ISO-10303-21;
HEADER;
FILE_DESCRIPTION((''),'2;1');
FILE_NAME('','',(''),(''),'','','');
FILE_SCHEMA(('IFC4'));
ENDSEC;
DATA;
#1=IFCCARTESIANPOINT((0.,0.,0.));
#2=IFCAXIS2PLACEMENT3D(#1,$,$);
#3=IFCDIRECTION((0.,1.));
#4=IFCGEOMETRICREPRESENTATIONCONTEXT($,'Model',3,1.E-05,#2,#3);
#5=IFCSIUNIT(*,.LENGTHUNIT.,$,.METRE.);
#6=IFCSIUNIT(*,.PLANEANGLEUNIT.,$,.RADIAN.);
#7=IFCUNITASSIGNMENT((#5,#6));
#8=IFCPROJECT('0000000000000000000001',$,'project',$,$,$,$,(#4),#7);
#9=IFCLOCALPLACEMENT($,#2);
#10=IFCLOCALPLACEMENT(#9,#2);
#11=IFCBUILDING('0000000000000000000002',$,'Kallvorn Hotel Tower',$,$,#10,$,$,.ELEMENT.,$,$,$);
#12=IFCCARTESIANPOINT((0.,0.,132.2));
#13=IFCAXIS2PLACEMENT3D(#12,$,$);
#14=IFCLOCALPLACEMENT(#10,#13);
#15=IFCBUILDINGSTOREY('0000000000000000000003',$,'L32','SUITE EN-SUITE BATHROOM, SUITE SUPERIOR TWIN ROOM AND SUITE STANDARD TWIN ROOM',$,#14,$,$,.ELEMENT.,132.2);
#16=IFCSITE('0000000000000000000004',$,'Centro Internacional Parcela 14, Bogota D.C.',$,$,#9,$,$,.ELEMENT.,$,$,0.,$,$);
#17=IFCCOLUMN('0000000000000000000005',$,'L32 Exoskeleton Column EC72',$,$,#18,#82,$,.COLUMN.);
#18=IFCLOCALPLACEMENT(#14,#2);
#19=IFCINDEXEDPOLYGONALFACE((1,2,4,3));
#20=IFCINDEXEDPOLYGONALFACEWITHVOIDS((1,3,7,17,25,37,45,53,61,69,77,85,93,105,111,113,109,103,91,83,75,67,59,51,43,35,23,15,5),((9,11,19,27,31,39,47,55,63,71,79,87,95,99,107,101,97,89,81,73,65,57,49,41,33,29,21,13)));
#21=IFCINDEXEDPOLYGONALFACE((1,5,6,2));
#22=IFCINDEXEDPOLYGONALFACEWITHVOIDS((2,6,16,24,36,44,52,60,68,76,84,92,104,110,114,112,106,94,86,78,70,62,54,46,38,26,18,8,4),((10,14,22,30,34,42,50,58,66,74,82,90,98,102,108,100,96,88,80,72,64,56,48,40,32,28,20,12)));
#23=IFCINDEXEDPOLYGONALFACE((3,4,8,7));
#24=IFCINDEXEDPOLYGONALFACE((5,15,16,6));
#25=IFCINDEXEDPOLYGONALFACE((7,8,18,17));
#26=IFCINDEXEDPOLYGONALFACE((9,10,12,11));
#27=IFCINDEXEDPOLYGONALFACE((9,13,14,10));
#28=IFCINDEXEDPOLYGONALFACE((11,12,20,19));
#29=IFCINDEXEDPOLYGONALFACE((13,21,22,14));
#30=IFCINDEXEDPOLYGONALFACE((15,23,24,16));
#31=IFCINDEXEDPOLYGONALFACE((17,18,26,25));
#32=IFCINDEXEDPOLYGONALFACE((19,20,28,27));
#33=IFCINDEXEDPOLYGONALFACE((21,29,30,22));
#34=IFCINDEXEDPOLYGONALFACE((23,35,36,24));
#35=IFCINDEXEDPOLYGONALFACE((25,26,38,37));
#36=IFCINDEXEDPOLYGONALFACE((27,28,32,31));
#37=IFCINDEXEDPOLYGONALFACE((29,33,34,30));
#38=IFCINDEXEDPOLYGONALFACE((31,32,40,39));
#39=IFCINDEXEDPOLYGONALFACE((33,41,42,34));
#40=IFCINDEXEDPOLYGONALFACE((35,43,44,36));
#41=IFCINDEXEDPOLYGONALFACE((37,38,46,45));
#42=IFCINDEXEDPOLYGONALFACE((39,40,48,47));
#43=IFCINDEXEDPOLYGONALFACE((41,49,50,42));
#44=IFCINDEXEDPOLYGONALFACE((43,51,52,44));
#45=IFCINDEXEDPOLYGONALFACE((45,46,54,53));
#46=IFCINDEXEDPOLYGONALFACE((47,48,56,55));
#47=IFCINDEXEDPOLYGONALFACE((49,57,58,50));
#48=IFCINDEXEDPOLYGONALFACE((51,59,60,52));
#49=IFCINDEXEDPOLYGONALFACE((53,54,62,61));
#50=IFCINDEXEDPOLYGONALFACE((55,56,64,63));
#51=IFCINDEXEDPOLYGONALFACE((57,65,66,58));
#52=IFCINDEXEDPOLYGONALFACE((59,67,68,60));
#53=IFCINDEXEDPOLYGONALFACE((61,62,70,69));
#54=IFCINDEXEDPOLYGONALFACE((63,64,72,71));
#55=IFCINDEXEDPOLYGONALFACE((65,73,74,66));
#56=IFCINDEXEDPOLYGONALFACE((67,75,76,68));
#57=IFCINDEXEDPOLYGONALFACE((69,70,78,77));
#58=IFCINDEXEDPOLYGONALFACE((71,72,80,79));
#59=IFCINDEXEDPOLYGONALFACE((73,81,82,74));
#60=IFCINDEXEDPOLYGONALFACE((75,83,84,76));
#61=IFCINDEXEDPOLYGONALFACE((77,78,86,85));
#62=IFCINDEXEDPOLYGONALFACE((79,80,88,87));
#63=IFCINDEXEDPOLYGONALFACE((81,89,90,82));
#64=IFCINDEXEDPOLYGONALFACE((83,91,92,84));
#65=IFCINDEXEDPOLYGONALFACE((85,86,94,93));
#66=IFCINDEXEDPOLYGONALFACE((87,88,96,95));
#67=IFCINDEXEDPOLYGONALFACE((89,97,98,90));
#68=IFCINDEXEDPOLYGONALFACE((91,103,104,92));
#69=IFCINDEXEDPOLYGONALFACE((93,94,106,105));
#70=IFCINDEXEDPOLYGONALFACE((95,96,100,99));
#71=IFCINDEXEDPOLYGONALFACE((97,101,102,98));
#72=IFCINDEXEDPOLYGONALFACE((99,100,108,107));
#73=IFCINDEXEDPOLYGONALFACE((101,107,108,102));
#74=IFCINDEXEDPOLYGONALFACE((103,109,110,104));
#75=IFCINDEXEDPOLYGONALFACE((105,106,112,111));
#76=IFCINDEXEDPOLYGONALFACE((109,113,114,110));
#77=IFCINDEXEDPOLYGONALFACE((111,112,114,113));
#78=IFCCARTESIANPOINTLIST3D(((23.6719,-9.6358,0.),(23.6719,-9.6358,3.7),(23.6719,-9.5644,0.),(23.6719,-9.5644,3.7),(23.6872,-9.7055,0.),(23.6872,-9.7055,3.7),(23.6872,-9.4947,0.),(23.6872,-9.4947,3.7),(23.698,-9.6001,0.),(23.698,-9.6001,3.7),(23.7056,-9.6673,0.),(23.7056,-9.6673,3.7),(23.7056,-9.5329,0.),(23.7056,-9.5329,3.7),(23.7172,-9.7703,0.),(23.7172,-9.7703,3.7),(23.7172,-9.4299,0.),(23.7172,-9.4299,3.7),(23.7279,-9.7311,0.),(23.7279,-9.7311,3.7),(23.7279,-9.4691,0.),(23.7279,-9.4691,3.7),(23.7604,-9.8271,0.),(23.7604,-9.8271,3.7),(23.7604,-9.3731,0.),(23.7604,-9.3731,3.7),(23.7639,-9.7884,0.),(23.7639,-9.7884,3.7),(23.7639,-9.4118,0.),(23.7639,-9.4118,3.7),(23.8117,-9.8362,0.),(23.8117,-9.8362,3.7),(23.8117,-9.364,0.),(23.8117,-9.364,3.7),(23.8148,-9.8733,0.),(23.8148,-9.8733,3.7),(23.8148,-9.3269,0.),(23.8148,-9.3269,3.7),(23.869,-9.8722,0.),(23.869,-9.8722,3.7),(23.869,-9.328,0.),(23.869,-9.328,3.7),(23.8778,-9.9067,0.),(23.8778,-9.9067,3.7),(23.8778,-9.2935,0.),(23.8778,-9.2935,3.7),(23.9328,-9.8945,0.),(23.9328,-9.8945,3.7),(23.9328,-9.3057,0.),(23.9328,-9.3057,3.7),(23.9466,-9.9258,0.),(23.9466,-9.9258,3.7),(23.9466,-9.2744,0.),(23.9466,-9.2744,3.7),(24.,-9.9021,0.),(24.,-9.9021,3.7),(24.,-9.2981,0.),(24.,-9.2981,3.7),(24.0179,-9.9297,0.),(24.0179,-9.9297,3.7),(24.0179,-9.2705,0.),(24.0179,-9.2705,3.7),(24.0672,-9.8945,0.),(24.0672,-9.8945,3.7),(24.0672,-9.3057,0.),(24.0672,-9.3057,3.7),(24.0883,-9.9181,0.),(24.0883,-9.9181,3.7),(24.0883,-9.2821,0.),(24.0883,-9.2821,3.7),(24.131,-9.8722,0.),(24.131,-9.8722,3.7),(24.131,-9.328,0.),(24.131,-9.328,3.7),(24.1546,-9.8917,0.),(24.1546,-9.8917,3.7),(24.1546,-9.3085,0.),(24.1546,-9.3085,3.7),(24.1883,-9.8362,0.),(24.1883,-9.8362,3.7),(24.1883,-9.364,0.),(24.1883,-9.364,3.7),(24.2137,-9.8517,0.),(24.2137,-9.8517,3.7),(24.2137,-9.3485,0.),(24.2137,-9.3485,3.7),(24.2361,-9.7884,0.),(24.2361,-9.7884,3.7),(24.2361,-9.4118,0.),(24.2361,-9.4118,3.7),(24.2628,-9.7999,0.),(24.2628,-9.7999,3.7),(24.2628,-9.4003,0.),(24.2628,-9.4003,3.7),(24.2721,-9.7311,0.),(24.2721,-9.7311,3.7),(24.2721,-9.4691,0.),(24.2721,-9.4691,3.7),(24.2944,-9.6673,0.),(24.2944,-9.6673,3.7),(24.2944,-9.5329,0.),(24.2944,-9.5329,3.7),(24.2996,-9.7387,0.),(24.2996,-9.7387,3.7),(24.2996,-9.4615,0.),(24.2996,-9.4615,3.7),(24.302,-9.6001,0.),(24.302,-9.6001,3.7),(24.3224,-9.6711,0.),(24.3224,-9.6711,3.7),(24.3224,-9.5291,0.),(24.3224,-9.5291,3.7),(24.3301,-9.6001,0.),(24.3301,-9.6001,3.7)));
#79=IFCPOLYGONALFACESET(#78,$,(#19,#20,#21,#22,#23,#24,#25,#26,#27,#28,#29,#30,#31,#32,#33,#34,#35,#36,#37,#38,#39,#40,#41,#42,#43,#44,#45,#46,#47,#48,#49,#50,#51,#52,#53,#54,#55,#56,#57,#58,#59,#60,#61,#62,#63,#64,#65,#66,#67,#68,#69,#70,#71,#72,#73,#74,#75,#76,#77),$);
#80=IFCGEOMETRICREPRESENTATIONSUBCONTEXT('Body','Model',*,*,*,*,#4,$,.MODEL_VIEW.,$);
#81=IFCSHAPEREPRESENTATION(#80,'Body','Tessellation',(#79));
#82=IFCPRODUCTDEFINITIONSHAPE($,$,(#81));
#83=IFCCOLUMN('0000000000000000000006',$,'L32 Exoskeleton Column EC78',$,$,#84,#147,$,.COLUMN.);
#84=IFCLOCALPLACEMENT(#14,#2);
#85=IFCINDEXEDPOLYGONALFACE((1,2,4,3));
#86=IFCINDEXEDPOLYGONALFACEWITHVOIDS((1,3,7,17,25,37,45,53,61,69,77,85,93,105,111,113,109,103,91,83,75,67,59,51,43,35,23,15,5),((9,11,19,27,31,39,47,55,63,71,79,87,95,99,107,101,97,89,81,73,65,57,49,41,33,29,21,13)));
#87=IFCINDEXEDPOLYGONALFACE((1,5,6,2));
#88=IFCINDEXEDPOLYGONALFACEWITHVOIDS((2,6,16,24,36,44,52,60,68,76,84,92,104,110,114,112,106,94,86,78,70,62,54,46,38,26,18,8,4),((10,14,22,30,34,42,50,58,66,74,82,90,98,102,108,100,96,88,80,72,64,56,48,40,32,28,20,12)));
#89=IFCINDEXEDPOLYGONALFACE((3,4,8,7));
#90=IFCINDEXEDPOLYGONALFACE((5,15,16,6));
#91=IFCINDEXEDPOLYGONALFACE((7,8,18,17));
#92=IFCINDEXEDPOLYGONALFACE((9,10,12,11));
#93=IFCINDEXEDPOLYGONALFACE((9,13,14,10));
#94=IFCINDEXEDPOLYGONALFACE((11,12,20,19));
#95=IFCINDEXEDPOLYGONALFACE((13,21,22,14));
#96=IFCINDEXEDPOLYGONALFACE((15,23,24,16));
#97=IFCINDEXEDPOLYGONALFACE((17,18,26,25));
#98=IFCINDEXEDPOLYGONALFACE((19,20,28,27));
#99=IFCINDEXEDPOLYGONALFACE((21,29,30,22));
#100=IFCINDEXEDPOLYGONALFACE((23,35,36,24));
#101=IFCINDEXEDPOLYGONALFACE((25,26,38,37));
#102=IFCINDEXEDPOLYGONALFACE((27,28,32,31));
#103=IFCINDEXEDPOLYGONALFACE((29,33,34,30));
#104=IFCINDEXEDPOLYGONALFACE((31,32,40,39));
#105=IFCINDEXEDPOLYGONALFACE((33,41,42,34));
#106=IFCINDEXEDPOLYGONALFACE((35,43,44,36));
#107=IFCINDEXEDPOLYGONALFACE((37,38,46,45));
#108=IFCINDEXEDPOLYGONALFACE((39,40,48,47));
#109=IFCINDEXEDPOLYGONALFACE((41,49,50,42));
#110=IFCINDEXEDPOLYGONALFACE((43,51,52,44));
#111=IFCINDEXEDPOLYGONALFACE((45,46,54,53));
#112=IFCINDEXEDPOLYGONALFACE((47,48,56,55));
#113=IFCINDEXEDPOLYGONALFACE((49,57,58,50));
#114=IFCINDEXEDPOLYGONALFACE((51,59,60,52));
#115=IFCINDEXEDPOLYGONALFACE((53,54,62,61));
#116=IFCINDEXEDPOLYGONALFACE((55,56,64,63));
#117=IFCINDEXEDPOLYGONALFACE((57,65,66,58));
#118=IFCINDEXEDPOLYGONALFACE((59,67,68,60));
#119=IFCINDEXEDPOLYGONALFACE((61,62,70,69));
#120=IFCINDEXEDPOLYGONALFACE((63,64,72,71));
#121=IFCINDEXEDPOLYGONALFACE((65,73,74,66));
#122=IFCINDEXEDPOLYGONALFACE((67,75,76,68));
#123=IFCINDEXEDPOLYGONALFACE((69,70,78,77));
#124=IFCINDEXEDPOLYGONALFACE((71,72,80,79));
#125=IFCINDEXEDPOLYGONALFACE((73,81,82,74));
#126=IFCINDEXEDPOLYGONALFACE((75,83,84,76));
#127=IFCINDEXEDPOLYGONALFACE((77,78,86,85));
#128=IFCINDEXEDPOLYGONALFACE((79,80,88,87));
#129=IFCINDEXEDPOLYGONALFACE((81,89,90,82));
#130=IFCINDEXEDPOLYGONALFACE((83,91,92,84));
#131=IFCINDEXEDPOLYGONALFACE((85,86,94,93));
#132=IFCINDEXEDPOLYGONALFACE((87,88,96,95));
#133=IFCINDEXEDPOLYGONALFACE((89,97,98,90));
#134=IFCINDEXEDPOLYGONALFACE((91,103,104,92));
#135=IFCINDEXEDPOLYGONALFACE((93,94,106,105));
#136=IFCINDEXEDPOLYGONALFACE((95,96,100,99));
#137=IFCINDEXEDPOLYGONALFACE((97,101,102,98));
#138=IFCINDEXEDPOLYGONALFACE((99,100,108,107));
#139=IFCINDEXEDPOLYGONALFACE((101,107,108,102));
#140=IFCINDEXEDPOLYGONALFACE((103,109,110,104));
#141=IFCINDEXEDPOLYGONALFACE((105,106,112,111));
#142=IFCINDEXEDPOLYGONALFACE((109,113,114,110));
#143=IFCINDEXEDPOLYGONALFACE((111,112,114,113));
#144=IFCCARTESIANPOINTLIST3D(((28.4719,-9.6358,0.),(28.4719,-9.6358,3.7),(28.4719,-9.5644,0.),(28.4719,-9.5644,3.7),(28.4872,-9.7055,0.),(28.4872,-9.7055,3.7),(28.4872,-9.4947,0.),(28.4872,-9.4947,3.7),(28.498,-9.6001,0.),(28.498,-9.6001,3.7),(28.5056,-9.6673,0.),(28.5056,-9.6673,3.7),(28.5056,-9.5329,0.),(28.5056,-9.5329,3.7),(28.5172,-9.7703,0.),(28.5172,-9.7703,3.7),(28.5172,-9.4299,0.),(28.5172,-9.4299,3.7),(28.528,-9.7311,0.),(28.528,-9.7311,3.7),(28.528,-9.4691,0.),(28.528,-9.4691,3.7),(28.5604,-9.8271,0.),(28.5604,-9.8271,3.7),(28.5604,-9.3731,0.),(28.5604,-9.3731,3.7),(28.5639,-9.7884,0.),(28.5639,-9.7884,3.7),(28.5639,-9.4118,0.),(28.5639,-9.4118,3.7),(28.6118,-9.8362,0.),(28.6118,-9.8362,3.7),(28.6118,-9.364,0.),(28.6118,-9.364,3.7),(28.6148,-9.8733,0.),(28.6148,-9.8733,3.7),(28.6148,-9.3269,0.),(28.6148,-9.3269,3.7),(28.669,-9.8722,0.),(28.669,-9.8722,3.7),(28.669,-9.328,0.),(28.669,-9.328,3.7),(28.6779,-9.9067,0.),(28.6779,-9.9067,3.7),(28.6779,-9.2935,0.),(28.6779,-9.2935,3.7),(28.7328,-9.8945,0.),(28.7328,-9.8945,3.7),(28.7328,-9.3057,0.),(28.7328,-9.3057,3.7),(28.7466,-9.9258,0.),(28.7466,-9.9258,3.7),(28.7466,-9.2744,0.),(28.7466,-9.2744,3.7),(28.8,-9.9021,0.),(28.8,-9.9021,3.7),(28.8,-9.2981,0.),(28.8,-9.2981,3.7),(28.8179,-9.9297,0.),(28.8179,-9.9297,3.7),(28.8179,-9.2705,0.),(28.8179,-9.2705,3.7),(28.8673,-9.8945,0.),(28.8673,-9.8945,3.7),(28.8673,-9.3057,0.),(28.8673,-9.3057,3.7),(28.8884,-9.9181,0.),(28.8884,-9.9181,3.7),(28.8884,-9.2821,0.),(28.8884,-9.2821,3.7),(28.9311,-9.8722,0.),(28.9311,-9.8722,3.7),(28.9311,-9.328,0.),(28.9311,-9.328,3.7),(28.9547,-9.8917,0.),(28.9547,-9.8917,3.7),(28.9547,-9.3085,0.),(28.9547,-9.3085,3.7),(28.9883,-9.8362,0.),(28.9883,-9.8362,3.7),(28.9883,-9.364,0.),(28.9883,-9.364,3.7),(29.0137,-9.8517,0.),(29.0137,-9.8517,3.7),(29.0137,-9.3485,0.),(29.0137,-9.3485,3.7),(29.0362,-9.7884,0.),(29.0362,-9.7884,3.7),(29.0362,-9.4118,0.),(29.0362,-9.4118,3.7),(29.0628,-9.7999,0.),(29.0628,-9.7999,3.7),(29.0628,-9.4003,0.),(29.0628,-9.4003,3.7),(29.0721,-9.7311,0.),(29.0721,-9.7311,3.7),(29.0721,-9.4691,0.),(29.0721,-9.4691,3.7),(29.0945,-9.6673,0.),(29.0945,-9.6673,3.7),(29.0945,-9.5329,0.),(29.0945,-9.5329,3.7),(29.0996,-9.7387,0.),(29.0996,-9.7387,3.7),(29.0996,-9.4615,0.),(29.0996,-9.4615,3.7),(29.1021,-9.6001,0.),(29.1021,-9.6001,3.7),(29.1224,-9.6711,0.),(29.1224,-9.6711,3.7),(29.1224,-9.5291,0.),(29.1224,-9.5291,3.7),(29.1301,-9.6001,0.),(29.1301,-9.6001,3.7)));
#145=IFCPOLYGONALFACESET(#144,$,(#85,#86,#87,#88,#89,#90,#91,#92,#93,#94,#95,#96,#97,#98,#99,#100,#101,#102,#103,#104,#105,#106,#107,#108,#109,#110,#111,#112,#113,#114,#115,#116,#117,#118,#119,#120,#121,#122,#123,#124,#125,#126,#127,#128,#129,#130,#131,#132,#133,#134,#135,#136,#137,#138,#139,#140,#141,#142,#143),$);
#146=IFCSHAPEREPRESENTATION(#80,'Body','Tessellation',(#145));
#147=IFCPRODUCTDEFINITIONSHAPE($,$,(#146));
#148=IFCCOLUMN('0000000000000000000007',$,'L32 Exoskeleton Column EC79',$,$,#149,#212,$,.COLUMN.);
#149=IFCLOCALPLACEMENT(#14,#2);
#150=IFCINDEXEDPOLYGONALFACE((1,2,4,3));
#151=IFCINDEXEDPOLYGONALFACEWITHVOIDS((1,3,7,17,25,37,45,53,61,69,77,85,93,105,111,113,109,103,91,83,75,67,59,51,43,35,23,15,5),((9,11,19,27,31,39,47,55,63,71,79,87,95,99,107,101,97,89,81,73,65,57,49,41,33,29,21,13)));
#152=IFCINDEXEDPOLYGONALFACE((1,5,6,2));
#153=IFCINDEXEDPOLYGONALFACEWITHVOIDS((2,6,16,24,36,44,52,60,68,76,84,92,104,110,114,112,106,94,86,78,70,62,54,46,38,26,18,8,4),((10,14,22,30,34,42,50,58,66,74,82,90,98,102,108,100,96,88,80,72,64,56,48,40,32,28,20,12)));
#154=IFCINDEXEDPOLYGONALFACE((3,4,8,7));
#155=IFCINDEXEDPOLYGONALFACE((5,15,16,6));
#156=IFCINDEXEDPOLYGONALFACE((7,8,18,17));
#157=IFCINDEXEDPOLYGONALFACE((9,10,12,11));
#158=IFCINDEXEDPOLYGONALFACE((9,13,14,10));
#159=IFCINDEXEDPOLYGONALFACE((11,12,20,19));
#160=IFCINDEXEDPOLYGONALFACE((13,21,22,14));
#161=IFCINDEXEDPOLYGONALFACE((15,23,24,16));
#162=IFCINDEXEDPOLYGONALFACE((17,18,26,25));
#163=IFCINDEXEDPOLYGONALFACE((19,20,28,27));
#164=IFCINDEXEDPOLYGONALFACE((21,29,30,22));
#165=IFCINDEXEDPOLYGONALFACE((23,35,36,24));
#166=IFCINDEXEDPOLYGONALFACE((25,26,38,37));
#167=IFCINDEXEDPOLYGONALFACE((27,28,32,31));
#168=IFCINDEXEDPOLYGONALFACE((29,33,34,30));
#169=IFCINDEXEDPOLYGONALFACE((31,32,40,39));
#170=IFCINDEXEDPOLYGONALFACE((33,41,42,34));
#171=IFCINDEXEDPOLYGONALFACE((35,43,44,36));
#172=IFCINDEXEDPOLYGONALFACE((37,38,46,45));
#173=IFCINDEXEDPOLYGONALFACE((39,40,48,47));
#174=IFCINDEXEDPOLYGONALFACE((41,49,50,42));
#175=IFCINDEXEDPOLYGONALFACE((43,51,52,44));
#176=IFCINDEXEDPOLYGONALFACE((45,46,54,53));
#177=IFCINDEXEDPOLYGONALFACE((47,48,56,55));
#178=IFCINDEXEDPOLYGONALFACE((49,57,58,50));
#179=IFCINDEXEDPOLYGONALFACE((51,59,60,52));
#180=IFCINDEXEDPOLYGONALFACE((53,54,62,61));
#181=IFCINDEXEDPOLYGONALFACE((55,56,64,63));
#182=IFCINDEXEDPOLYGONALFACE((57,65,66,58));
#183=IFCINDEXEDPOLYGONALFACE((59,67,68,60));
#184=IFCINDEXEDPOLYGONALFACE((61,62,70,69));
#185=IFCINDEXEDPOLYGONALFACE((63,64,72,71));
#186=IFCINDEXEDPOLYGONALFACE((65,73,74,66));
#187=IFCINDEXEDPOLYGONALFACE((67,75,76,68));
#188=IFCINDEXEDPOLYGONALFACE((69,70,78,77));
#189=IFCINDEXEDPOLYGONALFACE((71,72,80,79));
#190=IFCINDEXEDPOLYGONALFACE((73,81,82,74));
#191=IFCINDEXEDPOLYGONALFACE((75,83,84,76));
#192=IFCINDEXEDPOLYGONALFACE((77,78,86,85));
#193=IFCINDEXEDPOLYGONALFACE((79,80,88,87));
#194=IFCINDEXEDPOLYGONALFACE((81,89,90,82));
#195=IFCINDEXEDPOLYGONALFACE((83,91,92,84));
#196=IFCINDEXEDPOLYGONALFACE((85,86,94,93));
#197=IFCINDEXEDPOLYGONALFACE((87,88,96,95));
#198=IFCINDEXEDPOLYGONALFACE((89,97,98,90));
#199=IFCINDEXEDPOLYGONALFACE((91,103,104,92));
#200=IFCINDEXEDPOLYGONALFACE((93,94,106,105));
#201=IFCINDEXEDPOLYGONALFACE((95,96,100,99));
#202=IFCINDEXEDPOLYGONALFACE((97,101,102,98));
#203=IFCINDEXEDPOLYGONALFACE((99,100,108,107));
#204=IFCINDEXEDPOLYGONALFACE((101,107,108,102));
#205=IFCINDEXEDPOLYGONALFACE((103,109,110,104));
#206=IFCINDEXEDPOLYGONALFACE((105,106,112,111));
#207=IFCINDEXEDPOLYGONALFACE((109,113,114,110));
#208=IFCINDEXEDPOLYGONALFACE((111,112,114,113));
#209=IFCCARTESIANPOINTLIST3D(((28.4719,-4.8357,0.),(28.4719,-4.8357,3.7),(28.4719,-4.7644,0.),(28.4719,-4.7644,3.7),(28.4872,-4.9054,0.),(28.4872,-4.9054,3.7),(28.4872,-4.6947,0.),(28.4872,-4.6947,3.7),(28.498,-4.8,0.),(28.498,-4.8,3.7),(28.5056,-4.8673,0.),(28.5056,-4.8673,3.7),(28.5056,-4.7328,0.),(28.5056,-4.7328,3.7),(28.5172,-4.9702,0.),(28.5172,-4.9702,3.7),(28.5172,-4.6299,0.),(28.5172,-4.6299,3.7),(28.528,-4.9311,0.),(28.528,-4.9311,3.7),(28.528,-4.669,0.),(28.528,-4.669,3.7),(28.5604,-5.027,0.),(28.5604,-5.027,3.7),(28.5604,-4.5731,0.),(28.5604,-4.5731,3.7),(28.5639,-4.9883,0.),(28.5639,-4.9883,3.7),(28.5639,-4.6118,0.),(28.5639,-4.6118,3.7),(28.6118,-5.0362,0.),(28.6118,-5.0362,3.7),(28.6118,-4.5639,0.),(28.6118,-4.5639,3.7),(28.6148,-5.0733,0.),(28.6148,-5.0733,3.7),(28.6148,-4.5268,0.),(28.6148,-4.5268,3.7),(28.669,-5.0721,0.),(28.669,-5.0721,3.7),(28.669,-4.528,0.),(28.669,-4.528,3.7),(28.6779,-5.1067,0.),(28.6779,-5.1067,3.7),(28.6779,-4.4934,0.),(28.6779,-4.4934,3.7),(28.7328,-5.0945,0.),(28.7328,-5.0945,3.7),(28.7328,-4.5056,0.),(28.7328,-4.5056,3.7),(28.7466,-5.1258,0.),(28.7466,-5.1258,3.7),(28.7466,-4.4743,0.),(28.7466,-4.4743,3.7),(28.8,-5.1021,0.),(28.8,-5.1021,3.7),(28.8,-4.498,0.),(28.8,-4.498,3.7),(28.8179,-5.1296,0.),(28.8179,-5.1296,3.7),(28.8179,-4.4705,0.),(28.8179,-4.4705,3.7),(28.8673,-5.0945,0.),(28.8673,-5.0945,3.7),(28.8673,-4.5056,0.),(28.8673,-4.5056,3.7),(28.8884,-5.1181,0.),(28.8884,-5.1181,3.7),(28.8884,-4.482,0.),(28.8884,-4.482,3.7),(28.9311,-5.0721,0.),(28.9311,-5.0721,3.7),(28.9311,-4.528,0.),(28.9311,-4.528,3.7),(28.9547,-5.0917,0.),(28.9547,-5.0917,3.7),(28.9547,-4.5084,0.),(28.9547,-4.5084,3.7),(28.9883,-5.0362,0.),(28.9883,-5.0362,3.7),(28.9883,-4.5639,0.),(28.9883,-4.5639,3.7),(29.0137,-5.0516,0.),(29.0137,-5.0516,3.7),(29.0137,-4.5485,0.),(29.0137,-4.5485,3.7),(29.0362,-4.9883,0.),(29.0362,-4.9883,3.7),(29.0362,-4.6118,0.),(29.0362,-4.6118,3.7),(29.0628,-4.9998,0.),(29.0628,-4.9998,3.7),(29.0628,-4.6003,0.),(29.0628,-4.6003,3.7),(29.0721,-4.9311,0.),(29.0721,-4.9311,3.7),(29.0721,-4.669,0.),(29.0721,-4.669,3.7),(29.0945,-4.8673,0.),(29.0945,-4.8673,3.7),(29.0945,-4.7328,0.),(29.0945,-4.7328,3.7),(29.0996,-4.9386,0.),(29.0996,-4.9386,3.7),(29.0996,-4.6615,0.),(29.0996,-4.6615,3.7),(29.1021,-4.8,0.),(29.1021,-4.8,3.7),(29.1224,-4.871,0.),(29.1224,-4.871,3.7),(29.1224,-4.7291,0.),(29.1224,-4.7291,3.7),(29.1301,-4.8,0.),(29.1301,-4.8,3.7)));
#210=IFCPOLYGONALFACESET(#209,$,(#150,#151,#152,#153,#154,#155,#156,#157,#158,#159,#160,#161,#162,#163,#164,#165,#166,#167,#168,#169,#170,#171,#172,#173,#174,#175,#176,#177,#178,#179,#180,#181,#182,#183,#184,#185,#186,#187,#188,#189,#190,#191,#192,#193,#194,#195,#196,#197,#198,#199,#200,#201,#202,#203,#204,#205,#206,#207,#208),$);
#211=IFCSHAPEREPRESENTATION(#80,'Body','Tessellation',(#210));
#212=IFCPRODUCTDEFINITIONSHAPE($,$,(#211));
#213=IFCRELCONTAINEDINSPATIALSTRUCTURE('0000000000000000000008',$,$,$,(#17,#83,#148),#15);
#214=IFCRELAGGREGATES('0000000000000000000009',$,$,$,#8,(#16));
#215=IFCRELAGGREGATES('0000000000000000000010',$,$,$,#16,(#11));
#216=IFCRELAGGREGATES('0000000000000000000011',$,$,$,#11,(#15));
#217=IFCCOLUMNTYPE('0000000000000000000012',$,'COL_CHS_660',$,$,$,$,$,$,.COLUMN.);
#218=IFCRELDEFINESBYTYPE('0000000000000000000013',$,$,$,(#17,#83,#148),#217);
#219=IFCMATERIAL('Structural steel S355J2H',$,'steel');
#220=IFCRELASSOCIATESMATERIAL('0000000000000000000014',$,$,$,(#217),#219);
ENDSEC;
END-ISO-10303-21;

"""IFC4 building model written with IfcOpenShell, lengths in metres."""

from ifc_helpers import new_model, si_unit, direction, frame, origin, origin_2d, place, context, subcontext, project, spatial, hollow_circle, extrude, material, material_profile, profile_set, type_object, element, save


model = new_model("IFC4")

# Units and contexts
model_context = context("Model", 3, precision=1e-05, world=origin(), true_north=direction((0.0, 1.0)))
body_context = subcontext(model_context, "Body", "Model", "MODEL_VIEW")
ifc_project = project(units=[si_unit("LENGTHUNIT", "METRE"), si_unit("PLANEANGLEUNIT", "RADIAN")], contexts=[model_context])

# Site, building, storey
site_placement = place(None, origin())
site = spatial("IfcSite", under=ifc_project, at=site_placement, Name="Centro Internacional Parcela 14, Bogota D.C.", CompositionType="ELEMENT", RefElevation=0.0)
building_placement = place(site_placement, origin())
building = spatial("IfcBuilding", under=site, at=building_placement, Name="Kallvorn Hotel Tower", CompositionType="ELEMENT")
storey_placement = place(building_placement, frame((0.0, 0.0, 132.2)))
storey = spatial("IfcBuildingStorey", under=building, at=storey_placement, Name="L32", Description="SUITE EN-SUITE BATHROOM, SUITE SUPERIOR TWIN ROOM AND SUITE STANDARD TWIN ROOM", CompositionType="ELEMENT", Elevation=132.2)

# Columns
ifc_material_1 = material(Name="Structural steel S355J2H", Category="steel")
ifc_material_profile_1 = material_profile(ifc_material_1, hollow_circle(Radius=0.3301, WallThickness=0.0281, at=origin_2d()), Name="CHS 660x28")
ifc_profile_set_1 = profile_set([ifc_material_profile_1], Name="Structural steel S355J2H")
column_type_1 = type_object("IfcColumnType", Name="COL_CHS_660", PredefinedType="COLUMN", material=ifc_profile_set_1)
for number, where, z_axis, x_axis, name in (
    (1, (24.0, -9.6001, 0.0), (0.0, 0.0, 1.0), (1.0, 0.0, 0.0), "L32 Exoskeleton Column EC72"),
    (2, (28.8, -9.6001, 0.0), (0.0, 0.0, 1.0), (1.0, 0.0, 0.0), "L32 Exoskeleton Column EC78"),
    (3, (28.8, -4.8, 0.0), (0.0, 0.0, 1.0), (1.0, 0.0, 0.0), "L32 Exoskeleton Column EC79"),
):
    element("IfcColumn", number, at=place(storey_placement, frame(where, z_axis=z_axis, x_axis=x_axis)), inside=storey, type_object=column_type_1, Name=name, PredefinedType="COLUMN", context=body_context, shape_type="SweptSolid", body=[
        extrude(hollow_circle(Radius=0.3301, WallThickness=0.0281, at=origin_2d()), origin(), (0.0, 0.0, 1.0), 3.7),
    ])

save(model, "model.ifc")
